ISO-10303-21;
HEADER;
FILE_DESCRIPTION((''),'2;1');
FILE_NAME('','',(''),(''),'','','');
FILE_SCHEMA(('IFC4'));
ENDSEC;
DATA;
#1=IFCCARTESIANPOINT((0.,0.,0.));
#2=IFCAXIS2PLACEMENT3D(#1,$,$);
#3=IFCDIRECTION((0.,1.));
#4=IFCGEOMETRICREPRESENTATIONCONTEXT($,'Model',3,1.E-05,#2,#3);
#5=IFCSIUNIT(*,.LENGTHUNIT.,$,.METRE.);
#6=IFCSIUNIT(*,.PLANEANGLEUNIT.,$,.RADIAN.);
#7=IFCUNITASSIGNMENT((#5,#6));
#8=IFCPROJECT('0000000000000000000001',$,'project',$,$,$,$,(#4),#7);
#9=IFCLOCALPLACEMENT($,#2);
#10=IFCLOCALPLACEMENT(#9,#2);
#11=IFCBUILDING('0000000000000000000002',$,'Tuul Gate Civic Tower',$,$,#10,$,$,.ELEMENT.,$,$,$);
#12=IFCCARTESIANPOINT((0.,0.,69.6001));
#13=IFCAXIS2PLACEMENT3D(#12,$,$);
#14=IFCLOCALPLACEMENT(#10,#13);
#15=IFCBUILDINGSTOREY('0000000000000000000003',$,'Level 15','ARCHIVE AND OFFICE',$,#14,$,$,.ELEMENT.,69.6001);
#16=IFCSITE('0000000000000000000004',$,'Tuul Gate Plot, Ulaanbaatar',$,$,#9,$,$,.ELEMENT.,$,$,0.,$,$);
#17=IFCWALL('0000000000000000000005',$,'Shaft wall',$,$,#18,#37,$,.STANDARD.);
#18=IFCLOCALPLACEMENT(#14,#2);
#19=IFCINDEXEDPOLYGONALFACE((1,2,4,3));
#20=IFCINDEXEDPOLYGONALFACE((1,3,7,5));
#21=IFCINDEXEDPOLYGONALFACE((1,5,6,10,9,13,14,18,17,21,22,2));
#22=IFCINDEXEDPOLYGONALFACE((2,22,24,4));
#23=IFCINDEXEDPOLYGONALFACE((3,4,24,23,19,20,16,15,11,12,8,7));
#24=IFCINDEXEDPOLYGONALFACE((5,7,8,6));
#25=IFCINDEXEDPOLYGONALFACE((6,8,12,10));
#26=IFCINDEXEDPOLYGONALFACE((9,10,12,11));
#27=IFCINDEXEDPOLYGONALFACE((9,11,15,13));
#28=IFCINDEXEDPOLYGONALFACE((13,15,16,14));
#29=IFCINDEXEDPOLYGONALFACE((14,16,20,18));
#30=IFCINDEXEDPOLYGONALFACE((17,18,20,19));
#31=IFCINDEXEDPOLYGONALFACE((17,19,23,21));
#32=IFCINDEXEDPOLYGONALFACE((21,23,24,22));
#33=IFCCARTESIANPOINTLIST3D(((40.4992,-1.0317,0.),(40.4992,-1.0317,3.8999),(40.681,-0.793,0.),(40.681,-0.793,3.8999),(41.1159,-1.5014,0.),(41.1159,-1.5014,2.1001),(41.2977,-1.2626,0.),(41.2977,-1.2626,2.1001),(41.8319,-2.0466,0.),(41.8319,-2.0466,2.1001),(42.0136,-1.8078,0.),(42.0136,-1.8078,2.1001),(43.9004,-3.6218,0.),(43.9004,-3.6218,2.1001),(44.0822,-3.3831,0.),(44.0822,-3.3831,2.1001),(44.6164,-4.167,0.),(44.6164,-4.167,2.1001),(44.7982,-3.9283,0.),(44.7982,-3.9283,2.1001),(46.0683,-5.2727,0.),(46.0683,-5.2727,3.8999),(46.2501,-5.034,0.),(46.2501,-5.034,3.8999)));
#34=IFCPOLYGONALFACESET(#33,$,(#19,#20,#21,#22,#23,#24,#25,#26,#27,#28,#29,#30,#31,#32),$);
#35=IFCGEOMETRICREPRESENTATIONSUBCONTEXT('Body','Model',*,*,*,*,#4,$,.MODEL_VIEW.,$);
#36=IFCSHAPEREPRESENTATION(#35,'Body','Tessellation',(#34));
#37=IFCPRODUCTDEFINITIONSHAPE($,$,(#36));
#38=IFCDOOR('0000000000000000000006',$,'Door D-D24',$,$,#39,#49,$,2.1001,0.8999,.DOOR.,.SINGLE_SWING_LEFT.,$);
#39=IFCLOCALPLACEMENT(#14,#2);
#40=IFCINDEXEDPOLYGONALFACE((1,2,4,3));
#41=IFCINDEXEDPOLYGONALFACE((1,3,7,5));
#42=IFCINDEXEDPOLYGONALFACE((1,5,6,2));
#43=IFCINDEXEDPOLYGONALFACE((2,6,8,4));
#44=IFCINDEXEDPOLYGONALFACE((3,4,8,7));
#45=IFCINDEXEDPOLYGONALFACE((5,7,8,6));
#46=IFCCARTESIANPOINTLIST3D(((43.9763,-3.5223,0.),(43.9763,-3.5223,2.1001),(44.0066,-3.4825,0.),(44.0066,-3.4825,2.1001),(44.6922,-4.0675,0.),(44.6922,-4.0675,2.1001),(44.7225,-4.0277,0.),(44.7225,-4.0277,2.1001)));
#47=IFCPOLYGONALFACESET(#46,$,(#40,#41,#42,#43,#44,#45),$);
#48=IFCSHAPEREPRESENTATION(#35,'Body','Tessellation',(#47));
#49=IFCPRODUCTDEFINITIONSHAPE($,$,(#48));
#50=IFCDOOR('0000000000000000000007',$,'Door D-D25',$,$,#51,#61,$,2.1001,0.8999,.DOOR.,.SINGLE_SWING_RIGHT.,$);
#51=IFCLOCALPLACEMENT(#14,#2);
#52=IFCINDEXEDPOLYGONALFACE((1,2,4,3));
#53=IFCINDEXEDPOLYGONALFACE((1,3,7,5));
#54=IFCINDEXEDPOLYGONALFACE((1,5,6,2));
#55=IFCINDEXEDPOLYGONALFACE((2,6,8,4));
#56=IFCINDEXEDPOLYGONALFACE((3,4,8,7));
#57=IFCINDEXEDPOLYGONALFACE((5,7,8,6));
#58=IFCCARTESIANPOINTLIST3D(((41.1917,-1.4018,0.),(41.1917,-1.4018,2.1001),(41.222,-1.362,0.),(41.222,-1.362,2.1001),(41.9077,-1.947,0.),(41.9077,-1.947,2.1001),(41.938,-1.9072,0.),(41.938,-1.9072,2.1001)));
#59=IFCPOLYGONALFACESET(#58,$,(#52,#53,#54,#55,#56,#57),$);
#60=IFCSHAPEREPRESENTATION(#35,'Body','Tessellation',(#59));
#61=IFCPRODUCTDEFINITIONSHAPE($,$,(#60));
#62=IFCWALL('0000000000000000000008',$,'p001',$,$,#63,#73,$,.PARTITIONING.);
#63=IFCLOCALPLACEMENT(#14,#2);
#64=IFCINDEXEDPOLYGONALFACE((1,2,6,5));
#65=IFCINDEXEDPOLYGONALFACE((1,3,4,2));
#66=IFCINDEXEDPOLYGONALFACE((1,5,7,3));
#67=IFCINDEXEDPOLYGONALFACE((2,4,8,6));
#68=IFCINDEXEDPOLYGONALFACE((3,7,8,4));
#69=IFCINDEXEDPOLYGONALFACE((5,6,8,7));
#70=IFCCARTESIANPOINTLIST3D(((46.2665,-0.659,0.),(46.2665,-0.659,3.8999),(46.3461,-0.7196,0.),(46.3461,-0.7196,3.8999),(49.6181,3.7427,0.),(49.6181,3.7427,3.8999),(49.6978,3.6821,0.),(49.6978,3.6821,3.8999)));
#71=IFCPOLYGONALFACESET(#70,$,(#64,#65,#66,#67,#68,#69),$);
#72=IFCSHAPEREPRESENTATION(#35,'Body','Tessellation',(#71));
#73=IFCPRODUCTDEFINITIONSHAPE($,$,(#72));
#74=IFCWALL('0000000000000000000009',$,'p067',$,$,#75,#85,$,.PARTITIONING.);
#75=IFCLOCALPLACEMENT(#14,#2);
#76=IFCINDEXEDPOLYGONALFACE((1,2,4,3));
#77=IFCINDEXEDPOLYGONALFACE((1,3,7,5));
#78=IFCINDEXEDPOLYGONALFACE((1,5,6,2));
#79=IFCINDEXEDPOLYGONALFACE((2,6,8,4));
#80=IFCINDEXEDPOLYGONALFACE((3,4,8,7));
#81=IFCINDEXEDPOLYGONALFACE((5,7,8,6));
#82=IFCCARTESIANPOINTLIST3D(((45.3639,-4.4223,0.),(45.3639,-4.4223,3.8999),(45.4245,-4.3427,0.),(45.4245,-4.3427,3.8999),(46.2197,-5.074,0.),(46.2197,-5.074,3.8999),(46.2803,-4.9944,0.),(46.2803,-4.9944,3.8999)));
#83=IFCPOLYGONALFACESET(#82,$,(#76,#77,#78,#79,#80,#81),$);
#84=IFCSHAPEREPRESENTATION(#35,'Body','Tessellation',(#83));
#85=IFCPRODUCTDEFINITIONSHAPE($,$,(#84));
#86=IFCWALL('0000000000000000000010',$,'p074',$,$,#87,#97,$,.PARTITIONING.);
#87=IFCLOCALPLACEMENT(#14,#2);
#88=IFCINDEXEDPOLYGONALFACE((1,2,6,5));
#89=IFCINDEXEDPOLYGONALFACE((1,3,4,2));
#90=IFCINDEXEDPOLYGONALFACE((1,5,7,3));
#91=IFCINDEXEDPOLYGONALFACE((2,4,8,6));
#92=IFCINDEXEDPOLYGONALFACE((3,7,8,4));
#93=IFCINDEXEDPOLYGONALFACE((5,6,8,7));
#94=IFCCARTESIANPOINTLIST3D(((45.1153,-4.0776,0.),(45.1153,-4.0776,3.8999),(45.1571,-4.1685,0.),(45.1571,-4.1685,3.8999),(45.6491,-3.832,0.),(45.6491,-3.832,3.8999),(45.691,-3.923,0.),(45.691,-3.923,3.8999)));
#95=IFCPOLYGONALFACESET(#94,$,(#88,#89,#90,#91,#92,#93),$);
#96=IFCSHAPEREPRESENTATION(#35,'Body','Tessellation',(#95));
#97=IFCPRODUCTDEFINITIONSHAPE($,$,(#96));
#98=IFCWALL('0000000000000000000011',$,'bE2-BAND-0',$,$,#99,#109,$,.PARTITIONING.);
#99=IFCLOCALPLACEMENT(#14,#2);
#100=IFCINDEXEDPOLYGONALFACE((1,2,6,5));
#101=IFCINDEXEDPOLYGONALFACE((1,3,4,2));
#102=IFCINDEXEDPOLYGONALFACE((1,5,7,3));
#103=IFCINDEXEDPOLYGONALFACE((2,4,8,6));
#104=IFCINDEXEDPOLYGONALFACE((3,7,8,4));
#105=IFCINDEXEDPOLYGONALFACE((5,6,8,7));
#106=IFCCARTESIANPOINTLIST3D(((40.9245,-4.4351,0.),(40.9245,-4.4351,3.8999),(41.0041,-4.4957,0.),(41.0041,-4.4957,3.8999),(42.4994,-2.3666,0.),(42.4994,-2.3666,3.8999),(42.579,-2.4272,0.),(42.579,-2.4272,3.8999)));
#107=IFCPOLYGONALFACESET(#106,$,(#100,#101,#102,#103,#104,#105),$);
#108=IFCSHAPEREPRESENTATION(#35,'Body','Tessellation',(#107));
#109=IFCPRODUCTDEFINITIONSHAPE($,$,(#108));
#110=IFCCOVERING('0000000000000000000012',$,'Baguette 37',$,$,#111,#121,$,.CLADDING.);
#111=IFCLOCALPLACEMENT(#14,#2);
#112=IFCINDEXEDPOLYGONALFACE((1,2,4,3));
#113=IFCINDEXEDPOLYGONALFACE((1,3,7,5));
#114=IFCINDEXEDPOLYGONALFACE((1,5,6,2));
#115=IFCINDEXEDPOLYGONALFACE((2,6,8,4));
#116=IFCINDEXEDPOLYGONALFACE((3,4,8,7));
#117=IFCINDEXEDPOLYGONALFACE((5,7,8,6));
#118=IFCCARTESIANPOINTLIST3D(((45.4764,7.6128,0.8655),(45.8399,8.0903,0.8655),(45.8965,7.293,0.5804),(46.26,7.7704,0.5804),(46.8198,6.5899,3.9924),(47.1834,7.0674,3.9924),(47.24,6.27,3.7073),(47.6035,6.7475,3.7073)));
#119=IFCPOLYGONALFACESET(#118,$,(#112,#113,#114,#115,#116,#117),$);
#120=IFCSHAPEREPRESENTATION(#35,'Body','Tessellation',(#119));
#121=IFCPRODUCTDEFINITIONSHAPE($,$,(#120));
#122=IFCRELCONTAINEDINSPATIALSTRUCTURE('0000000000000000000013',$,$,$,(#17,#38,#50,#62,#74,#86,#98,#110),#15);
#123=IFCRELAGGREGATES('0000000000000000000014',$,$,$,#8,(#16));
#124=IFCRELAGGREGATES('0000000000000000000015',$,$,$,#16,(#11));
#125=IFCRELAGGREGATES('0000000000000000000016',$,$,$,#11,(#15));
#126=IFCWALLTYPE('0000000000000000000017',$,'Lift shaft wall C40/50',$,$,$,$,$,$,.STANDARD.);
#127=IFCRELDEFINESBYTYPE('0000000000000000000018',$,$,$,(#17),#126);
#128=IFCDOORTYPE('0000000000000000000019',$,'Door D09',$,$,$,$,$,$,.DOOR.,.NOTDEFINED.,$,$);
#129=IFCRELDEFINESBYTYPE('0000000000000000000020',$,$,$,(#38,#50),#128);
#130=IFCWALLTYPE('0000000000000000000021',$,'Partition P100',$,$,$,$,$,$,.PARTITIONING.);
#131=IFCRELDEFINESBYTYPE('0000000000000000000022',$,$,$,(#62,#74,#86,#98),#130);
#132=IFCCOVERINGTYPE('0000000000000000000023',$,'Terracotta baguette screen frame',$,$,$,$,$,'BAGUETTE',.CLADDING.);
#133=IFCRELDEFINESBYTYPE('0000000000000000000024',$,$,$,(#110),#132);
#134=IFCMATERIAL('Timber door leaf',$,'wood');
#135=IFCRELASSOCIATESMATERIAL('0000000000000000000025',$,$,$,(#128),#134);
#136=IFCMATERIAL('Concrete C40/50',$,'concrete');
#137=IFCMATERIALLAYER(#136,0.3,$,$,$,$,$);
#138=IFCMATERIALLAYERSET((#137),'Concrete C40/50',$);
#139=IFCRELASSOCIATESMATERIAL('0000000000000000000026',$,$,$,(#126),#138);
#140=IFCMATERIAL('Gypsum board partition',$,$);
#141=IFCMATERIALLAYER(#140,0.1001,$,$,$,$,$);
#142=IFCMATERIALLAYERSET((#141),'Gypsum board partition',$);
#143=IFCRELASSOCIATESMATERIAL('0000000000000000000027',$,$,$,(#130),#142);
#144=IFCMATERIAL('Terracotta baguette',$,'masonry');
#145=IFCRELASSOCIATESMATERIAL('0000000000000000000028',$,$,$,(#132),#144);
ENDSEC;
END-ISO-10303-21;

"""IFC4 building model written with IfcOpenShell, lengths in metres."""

from ifc_helpers import new_model, si_unit, direction, frame, frame_2d, origin, origin_2d, place, context, subcontext, project, spatial, rectangle, extrude, material, layer, layer_set, material_profile, profile_set, type_object, element, fill, save


model = new_model("IFC4")

# Units and contexts
model_context = context("Model", 3, precision=1e-05, world=origin(), true_north=direction((0.0, 1.0)))
body_context = subcontext(model_context, "Body", "Model", "MODEL_VIEW")
ifc_project = project(units=[si_unit("LENGTHUNIT", "METRE"), si_unit("PLANEANGLEUNIT", "RADIAN")], contexts=[model_context])

# Site, building, storey
site_placement = place(None, origin())
site = spatial("IfcSite", under=ifc_project, at=site_placement, Name="Tuul Gate Plot, Ulaanbaatar", CompositionType="ELEMENT", RefElevation=0.0)
building_placement = place(site_placement, origin())
building = spatial("IfcBuilding", under=site, at=building_placement, Name="Tuul Gate Civic Tower", CompositionType="ELEMENT")
storey_placement = place(building_placement, frame((0.0, 0.0, 69.6001)))
storey = spatial("IfcBuildingStorey", under=building, at=storey_placement, Name="Level 15", Description="ARCHIVE AND OFFICE", CompositionType="ELEMENT", Elevation=69.6001)

# Shared definitions
ifc_material_1 = material(Name="Timber door leaf", Category="wood")
door_type = type_object("IfcDoorType", Name="Door D09", OperationType="NOTDEFINED", PredefinedType="DOOR", material=ifc_material_1)

# Wall, openings, doors
ifc_material_2 = material(Name="Concrete C40/50", Category="concrete")
ifc_layer_1 = layer(ifc_material_2, 0.3)
ifc_layer_set_1 = layer_set([ifc_layer_1], Name="Concrete C40/50")
wall_type_1 = type_object("IfcWallType", Name="Lift shaft wall C40/50", PredefinedType="STANDARD", material=ifc_layer_set_1)
wall_1_placement = place(storey_placement, frame((46.1592, -5.1533, 0.0), z_axis=(0.0, 0.0, 1.0), x_axis=(-0.79558, 0.605849, 0.0)))
wall_1 = element("IfcWall", 1, at=wall_1_placement, inside=storey, type_object=wall_type_1, Name="Shaft wall", PredefinedType="STANDARD", context=body_context, shape_type="SweptSolid", body=[
    extrude(rectangle(XDim=7.0, YDim=0.3, at=frame_2d((3.5, 0.0))), origin(), (0.0, 0.0, 1.0), 3.8999),
])
opening_1_placement = place(wall_1_placement, frame((1.825, 0.0, 0.0)))
opening_1 = element("IfcOpeningElement", 2, at=opening_1_placement, cuts=wall_1, PredefinedType="OPENING", context=body_context, shape_type="SweptSolid", body=[
    extrude(rectangle(XDim=0.8999, YDim=2.1001, at=frame_2d((0.45, 1.05))), frame((0.0, 0.1602, 0.0), z_axis=(0.0, -1.0, 0.0), x_axis=(1.0, 0.0, 0.0)), (0.0, 0.0, 1.0), 0.3201),
])
opening_2_placement = place(wall_1_placement, frame((5.325, 0.0, 0.0)))
opening_2 = element("IfcOpeningElement", 3, at=opening_2_placement, cuts=wall_1, PredefinedType="OPENING", context=body_context, shape_type="SweptSolid", body=[
    extrude(rectangle(XDim=0.8999, YDim=2.1001, at=frame_2d((0.45, 1.05))), frame((0.0, 0.1602, 0.0), z_axis=(0.0, -1.0, 0.0), x_axis=(1.0, 0.0, 0.0)), (0.0, 0.0, 1.0), 0.3201),
])
door_1_placement = place(opening_1_placement, origin())
door_1 = element("IfcDoor", 4, at=door_1_placement, inside=storey, type_object=door_type, Name="Door D-D24", OperationType="SINGLE_SWING_LEFT", OverallHeight=2.1001, OverallWidth=0.8999, PredefinedType="DOOR", context=body_context, shape_type="SweptSolid", body=[
    extrude(rectangle(XDim=0.8999, YDim=2.1001, at=frame_2d((0.45, 1.05))), frame((0.0, 0.0249, 0.0), z_axis=(0.0, -1.0, 0.0), x_axis=(1.0, 0.0, 0.0)), (0.0, 0.0, 1.0), 0.05),
])
fill(opening_1, door_1)
door_2_placement = place(opening_2_placement, origin())
door_2 = element("IfcDoor", 5, at=door_2_placement, inside=storey, type_object=door_type, Name="Door D-D25", OperationType="SINGLE_SWING_RIGHT", OverallHeight=2.1001, OverallWidth=0.8999, PredefinedType="DOOR", context=body_context, shape_type="SweptSolid", body=[
    extrude(rectangle(XDim=0.8999, YDim=2.1001, at=frame_2d((0.45, 1.05))), frame((0.0, 0.0249, 0.0), z_axis=(0.0, -1.0, 0.0), x_axis=(1.0, 0.0, 0.0)), (0.0, 0.0, 1.0), 0.05),
])
fill(opening_2, door_2)

# Walls
ifc_material_3 = material(Name="Gypsum board partition")
ifc_layer_2 = layer(ifc_material_3, 0.1001)
ifc_layer_set_2 = layer_set([ifc_layer_2], Name="Gypsum board partition")
wall_type_2 = type_object("IfcWallType", Name="Partition P100", PredefinedType="PARTITIONING", material=ifc_layer_set_2)
wall_2_placement = place(storey_placement, frame((46.3064, -0.6892, 0.0), z_axis=(0.0, 0.0, 1.0), x_axis=(0.605809, 0.79561, 0.0)))
element("IfcWall", 6, at=wall_2_placement, inside=storey, type_object=wall_type_2, Name="p001", PredefinedType="PARTITIONING", context=body_context, shape_type="SweptSolid", body=[
    extrude(rectangle(XDim=5.5325, YDim=0.1001, at=frame_2d((2.7661, 0.0))), origin(), (0.0, 0.0, 1.0), 3.8999),
])
wall_3_placement = place(storey_placement, frame((46.25, -5.0342, 0.0), z_axis=(0.0, 0.0, 1.0), x_axis=(-0.795593, 0.605831, 0.0)))
element("IfcWall", 7, at=wall_3_placement, inside=storey, type_object=wall_type_2, Name="p067", PredefinedType="PARTITIONING", context=body_context, shape_type="SweptSolid", body=[
    extrude(rectangle(XDim=1.0757, YDim=0.1001, at=frame_2d((0.5378, 0.0))), origin(), (0.0, 0.0, 1.0), 3.8999),
])
wall_4_placement = place(storey_placement, frame((45.6702, -3.8774, 0.0), z_axis=(0.0, 0.0, 1.0), x_axis=(-0.908494, -0.417899, 0.0)))
element("IfcWall", 8, at=wall_4_placement, inside=storey, type_object=wall_type_2, Name="p074", PredefinedType="PARTITIONING", context=body_context, shape_type="SweptSolid", body=[
    extrude(rectangle(XDim=0.5876, YDim=0.1001, at=frame_2d((0.2939, 0.0))), origin(), (0.0, 0.0, 1.0), 3.8999),
])
wall_5_placement = place(storey_placement, frame((40.9644, -4.4653, 0.0), z_axis=(0.0, 0.0, 1.0), x_axis=(0.605769, 0.795641, 0.0)))
element("IfcWall", 9, at=wall_5_placement, inside=storey, type_object=wall_type_2, Name="bE2-BAND-0", PredefinedType="PARTITIONING", context=body_context, shape_type="SweptSolid", body=[
    extrude(rectangle(XDim=2.5999, YDim=0.1001, at=frame_2d((1.2998, 0.0))), origin(), (0.0, 0.0, 1.0), 3.8999),
])

# Covering
ifc_material_4 = material(Name="Terracotta baguette", Category="masonry")
ifc_material_profile_1 = material_profile(ifc_material_4, rectangle(XDim=0.6001, YDim=0.6001, at=origin_2d()), Name="Terracotta baguette screen frame")
ifc_profile_set_1 = profile_set([ifc_material_profile_1], Name="Terracotta baguette")
covering_type = type_object("IfcCoveringType", Name="Terracotta baguette screen frame", ElementType="BAGUETTE", PredefinedType="CLADDING", material=ifc_profile_set_1)
covering_placement = place(storey_placement, frame((47.2117, 6.6687, 3.8499), z_axis=(-0.378051, 0.287849, -0.879898), x_axis=(-0.605791, -0.795624, 0.0)))
element("IfcCovering", 10, at=covering_placement, inside=storey, type_object=covering_type, Name="Baguette 37", PredefinedType="CLADDING", context=body_context, shape_type="SweptSolid", body=[
    extrude(rectangle(XDim=0.6001, YDim=0.6001, at=origin_2d()), origin(), (0.0, 0.0, 1.0), 3.5537),
])

save(model, "model.ifc")
